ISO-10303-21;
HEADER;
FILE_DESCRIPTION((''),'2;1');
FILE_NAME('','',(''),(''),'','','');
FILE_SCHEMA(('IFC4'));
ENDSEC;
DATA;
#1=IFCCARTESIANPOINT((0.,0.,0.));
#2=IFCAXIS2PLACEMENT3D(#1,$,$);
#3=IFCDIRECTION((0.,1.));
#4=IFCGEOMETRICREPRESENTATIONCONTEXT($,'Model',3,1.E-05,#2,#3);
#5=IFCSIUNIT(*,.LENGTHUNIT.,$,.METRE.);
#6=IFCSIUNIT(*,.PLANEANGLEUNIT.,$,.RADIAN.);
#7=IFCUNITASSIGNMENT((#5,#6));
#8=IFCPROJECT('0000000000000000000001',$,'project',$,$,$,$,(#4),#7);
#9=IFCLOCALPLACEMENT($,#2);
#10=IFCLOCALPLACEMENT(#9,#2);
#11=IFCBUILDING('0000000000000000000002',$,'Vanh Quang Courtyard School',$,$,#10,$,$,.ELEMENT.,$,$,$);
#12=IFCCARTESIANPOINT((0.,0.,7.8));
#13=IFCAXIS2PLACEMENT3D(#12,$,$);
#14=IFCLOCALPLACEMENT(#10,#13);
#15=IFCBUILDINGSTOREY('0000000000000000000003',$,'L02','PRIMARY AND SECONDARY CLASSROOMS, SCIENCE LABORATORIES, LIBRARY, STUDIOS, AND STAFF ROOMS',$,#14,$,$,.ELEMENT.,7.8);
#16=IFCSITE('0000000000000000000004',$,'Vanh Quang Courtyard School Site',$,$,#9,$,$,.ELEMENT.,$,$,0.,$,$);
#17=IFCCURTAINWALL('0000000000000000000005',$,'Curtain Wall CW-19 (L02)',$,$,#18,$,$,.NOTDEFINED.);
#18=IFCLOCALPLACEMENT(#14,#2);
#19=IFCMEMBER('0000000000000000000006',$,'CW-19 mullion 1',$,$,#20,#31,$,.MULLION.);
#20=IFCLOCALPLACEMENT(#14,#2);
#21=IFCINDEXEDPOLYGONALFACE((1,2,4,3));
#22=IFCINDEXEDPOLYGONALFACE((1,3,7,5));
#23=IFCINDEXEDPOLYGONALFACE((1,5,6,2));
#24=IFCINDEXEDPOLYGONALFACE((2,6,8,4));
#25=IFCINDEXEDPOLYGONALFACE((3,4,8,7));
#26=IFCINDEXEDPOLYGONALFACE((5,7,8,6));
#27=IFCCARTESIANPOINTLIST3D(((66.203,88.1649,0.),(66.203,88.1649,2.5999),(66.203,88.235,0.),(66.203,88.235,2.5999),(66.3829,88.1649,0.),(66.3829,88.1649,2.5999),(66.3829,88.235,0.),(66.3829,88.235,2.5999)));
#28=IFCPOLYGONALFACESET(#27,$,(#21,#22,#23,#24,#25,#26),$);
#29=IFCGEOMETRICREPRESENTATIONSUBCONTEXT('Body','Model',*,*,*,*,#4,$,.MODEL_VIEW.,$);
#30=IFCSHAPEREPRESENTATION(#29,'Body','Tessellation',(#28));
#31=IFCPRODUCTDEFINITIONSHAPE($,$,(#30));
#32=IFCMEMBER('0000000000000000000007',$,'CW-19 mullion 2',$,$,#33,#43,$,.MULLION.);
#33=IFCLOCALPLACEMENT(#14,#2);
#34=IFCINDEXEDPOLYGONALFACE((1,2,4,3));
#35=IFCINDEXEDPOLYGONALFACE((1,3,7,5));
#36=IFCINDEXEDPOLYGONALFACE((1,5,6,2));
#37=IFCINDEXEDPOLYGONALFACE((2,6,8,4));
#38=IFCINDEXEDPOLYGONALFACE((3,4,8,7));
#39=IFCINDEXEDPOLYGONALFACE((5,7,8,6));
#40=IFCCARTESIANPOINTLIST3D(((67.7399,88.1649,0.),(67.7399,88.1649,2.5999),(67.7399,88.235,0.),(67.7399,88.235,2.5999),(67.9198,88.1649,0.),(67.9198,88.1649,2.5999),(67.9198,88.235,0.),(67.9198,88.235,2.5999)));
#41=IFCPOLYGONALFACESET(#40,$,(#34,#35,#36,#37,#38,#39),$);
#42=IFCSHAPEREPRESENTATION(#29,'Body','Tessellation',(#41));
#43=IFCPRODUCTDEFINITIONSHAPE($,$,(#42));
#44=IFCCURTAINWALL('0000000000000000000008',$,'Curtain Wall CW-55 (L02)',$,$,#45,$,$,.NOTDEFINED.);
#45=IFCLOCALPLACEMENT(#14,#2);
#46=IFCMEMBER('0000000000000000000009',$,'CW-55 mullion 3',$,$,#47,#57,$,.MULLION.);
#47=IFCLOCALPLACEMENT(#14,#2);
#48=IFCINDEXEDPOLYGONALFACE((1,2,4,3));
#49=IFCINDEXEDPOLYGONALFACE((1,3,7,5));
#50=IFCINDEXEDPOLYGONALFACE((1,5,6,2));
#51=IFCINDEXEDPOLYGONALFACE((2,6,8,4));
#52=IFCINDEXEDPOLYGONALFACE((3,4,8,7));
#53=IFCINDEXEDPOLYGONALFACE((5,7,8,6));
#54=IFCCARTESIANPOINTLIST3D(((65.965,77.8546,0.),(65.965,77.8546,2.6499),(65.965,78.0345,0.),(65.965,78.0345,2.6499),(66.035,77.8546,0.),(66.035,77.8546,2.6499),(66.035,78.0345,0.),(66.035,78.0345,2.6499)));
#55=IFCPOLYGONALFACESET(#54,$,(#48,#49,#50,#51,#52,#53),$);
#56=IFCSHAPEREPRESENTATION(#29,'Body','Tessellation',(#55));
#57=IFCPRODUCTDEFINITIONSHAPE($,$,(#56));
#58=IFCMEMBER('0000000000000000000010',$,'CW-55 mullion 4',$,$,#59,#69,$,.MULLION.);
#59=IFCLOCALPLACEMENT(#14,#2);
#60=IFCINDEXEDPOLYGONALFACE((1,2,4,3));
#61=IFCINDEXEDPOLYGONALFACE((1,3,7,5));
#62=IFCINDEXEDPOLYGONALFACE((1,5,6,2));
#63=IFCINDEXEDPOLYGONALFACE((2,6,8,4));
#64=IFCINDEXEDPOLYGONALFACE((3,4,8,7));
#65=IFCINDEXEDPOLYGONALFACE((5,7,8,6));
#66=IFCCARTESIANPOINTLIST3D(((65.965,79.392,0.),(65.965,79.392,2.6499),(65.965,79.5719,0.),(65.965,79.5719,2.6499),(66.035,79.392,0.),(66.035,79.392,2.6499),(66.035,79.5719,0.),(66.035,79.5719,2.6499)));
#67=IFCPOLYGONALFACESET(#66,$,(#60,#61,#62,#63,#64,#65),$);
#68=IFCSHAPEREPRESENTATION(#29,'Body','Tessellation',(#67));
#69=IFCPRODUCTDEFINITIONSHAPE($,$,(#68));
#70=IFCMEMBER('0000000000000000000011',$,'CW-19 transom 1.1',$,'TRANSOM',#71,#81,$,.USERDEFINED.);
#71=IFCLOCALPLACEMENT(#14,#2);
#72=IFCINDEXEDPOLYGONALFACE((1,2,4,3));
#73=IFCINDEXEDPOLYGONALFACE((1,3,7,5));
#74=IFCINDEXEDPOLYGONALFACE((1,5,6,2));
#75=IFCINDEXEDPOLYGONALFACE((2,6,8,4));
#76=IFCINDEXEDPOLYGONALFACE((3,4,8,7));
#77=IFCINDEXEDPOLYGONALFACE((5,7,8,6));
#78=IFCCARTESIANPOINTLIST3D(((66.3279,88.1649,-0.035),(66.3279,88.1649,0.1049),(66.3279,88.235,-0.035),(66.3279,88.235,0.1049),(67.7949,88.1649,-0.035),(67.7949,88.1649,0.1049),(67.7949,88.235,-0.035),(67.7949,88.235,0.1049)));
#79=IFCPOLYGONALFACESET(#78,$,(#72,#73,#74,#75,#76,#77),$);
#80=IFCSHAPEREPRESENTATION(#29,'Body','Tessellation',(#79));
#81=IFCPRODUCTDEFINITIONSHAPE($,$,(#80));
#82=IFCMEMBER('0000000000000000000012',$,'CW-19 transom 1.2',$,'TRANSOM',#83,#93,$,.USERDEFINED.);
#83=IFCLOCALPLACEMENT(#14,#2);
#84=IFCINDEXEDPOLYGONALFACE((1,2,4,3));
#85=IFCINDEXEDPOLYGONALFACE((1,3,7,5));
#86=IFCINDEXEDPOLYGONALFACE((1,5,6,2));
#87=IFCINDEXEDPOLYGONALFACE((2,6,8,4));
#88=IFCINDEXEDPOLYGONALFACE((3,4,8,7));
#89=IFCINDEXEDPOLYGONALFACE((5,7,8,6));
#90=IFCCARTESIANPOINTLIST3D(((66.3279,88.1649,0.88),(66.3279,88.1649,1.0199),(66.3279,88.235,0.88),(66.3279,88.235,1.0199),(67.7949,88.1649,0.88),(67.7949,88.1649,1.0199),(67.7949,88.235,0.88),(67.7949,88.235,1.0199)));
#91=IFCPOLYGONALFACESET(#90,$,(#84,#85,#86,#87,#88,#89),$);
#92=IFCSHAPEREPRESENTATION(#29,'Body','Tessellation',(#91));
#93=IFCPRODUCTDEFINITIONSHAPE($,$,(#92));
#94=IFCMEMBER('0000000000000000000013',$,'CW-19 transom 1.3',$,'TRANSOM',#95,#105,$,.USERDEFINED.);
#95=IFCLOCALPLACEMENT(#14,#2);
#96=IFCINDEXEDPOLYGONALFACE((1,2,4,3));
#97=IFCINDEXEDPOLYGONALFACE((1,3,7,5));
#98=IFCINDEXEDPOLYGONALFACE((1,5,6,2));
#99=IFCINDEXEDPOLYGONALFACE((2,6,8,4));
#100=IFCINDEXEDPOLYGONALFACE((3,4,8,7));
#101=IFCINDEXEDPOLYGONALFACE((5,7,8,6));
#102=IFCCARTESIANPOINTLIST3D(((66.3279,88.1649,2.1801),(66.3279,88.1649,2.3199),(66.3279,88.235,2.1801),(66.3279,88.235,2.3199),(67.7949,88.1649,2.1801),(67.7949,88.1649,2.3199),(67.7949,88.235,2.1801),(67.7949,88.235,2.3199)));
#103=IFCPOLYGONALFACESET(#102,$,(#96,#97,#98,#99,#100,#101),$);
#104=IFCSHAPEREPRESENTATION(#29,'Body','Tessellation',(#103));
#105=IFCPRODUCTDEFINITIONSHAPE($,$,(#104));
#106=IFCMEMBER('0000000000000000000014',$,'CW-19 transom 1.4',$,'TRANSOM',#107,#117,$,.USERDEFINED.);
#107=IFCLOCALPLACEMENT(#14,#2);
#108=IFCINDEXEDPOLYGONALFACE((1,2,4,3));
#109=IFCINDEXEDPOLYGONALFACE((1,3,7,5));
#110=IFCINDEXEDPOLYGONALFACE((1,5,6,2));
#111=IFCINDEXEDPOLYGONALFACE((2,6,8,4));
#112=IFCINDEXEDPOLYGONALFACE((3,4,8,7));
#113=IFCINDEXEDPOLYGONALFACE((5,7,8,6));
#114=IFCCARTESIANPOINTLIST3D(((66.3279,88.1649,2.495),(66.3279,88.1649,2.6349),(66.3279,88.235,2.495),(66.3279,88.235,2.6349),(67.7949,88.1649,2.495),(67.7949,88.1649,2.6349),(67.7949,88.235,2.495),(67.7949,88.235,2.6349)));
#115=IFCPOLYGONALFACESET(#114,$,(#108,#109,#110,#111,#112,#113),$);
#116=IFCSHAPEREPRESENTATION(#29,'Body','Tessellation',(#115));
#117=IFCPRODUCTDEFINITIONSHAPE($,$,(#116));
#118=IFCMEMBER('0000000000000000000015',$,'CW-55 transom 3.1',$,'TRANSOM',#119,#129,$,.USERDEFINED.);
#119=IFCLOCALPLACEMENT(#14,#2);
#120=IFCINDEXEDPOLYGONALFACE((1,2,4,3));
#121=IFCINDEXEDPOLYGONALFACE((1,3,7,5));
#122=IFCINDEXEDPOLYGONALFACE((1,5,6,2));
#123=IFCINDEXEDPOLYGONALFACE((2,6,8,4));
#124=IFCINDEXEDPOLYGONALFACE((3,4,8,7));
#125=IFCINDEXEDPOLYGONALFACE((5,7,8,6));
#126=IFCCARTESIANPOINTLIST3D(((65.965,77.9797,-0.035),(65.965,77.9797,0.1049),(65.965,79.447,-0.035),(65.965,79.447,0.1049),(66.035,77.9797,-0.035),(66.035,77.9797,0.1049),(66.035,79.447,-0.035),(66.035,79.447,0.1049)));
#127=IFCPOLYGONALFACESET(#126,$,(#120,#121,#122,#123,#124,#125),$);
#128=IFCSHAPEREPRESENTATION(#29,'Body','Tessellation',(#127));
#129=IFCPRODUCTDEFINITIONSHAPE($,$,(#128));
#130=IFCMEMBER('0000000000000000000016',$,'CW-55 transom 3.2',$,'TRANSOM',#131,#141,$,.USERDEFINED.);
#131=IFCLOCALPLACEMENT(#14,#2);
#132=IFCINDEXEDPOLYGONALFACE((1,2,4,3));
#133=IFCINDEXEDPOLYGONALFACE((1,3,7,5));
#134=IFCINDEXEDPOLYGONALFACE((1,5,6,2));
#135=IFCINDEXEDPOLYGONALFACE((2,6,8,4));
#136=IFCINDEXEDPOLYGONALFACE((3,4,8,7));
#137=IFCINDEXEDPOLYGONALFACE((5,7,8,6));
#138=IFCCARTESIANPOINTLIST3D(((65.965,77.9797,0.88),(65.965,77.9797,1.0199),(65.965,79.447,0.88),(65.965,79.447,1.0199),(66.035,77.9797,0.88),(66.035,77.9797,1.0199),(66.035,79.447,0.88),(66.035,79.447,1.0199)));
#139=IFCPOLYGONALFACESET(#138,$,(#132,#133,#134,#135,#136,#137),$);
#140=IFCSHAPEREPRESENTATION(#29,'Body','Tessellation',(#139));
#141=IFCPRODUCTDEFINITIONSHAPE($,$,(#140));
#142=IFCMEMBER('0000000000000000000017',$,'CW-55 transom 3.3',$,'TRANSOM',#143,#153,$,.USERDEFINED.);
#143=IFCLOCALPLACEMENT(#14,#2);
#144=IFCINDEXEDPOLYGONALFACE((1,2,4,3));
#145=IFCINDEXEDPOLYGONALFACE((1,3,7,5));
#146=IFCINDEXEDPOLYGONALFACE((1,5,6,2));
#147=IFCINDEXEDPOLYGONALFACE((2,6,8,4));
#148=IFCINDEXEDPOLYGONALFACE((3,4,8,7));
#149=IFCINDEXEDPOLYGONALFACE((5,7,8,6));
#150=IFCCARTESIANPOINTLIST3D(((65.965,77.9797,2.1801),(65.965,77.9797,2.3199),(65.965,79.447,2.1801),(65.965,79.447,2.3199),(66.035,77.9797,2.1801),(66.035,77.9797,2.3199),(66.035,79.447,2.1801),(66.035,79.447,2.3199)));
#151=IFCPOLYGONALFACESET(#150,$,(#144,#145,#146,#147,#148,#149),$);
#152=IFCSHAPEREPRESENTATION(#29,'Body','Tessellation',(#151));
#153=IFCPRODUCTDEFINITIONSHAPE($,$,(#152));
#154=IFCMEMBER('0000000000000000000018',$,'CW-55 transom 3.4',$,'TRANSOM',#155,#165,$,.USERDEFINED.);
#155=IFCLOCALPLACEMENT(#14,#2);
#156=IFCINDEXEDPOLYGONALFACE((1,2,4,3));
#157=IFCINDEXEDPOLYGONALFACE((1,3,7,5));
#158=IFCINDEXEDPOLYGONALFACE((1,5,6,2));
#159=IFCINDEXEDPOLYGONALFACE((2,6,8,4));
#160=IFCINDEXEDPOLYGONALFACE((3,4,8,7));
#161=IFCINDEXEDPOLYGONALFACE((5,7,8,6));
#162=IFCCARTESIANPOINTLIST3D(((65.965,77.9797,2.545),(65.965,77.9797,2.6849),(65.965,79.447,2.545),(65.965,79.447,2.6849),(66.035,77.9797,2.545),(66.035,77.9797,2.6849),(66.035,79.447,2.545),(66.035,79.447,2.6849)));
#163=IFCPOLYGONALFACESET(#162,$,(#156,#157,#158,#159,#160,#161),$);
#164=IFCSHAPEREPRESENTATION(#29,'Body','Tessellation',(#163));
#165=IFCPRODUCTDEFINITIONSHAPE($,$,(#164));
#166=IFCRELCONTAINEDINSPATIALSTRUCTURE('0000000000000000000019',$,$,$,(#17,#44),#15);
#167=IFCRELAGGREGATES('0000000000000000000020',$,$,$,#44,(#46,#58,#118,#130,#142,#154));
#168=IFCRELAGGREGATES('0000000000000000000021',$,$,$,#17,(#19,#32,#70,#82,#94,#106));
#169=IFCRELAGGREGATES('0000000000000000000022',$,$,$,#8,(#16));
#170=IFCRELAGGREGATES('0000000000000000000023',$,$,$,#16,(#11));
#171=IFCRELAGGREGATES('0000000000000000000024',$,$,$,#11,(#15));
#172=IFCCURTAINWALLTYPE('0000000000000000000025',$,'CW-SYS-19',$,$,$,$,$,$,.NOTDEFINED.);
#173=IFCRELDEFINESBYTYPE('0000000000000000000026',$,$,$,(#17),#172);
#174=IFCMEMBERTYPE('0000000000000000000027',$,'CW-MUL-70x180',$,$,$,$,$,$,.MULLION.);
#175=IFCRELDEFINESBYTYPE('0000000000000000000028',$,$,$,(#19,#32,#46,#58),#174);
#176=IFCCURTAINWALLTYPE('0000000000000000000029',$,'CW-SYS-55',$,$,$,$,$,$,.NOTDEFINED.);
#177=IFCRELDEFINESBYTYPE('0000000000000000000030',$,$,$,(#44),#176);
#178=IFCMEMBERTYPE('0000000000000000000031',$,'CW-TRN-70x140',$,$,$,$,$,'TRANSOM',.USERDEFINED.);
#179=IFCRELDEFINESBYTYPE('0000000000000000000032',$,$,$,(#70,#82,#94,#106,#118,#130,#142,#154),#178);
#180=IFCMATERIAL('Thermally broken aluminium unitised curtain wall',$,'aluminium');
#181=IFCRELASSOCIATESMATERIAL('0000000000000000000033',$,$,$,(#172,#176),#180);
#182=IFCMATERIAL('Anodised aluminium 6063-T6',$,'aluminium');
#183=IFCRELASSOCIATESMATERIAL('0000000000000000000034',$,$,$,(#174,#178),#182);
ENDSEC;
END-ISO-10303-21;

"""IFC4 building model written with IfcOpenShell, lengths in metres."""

from ifc_helpers import new_model, si_unit, direction, frame, origin, origin_2d, place, context, subcontext, project, spatial, rectangle, extrude, material, material_profile, profile_set, type_object, element, aggregate, save


model = new_model("IFC4")

# Units and contexts
model_context = context("Model", 3, precision=1e-05, world=origin(), true_north=direction((0.0, 1.0)))
body_context = subcontext(model_context, "Body", "Model", "MODEL_VIEW")
ifc_project = project(units=[si_unit("LENGTHUNIT", "METRE"), si_unit("PLANEANGLEUNIT", "RADIAN")], contexts=[model_context])

# Site, building, storey
site_placement = place(None, origin())
site = spatial("IfcSite", under=ifc_project, at=site_placement, Name="Vanh Quang Courtyard School Site", CompositionType="ELEMENT", RefElevation=0.0)
building_placement = place(site_placement, origin())
building = spatial("IfcBuilding", under=site, at=building_placement, Name="Vanh Quang Courtyard School", CompositionType="ELEMENT")
storey_placement = place(building_placement, frame((0.0, 0.0, 7.8)))
storey = spatial("IfcBuildingStorey", under=building, at=storey_placement, Name="L02", Description="PRIMARY AND SECONDARY CLASSROOMS, SCIENCE LABORATORIES, LIBRARY, STUDIOS, AND STAFF ROOMS", CompositionType="ELEMENT", Elevation=7.8)

# Curtain walls, members
ifc_material_1 = material(Name="Thermally broken aluminium unitised curtain wall", Category="aluminium")
curtain_wall_type_1 = type_object("IfcCurtainWallType", Name="CW-SYS-19", PredefinedType="NOTDEFINED", material=ifc_material_1)
curtain_wall_1_placement = place(storey_placement, origin())
curtain_wall_1 = element("IfcCurtainWall", 1, at=curtain_wall_1_placement, inside=storey, type_object=curtain_wall_type_1, Name="Curtain Wall CW-19 (L02)", PredefinedType="NOTDEFINED")
ifc_material_2 = material(Name="Anodised aluminium 6063-T6", Category="aluminium")
ifc_material_profile_1 = material_profile(ifc_material_2, rectangle(XDim=0.0701, YDim=0.1799, at=origin_2d()), Name="ALU-MUL 70x180")
ifc_profile_set_1 = profile_set([ifc_material_profile_1], Name="Anodised aluminium 6063-T6")
member_type_1 = type_object("IfcMemberType", Name="CW-MUL-70x180", PredefinedType="MULLION", material=ifc_profile_set_1)
member_1_placement = place(storey_placement, frame((66.293, 88.2, 0.0), z_axis=(0.0, 0.0, 1.0), x_axis=(0.0, 1.0, 0.0)))
member_1 = element("IfcMember", 2, at=member_1_placement, type_object=member_type_1, Name="CW-19 mullion 1", PredefinedType="MULLION", context=body_context, shape_type="SweptSolid", body=[
    extrude(rectangle(XDim=0.0701, YDim=0.1799, at=origin_2d()), origin(), (0.0, 0.0, 1.0), 2.5999),
])
member_2_placement = place(storey_placement, frame((67.8298, 88.2, 0.0), z_axis=(0.0, 0.0, 1.0), x_axis=(0.0, 1.0, 0.0)))
member_2 = element("IfcMember", 3, at=member_2_placement, type_object=member_type_1, Name="CW-19 mullion 2", PredefinedType="MULLION", context=body_context, shape_type="SweptSolid", body=[
    extrude(rectangle(XDim=0.0701, YDim=0.1799, at=origin_2d()), origin(), (0.0, 0.0, 1.0), 2.5999),
])
curtain_wall_type_2 = type_object("IfcCurtainWallType", Name="CW-SYS-55", PredefinedType="NOTDEFINED", material=ifc_material_1)
curtain_wall_2_placement = place(storey_placement, origin())
curtain_wall_2 = element("IfcCurtainWall", 4, at=curtain_wall_2_placement, inside=storey, type_object=curtain_wall_type_2, Name="Curtain Wall CW-55 (L02)", PredefinedType="NOTDEFINED")
member_3_placement = place(storey_placement, frame((66.0, 77.9446, 0.0), z_axis=(0.0, 0.0, 1.0), x_axis=(-1.0, 0.0, 0.0)))
member_3 = element("IfcMember", 5, at=member_3_placement, type_object=member_type_1, Name="CW-55 mullion 3", PredefinedType="MULLION", context=body_context, shape_type="SweptSolid", body=[
    extrude(rectangle(XDim=0.0701, YDim=0.1799, at=origin_2d()), origin(), (0.0, 0.0, 1.0), 2.6499),
])
member_4_placement = place(storey_placement, frame((66.0, 79.4819, 0.0), z_axis=(0.0, 0.0, 1.0), x_axis=(-1.0, 0.0, 0.0)))
member_4 = element("IfcMember", 6, at=member_4_placement, type_object=member_type_1, Name="CW-55 mullion 4", PredefinedType="MULLION", context=body_context, shape_type="SweptSolid", body=[
    extrude(rectangle(XDim=0.0701, YDim=0.1799, at=origin_2d()), origin(), (0.0, 0.0, 1.0), 2.6499),
])

# Members
ifc_material_profile_2 = material_profile(ifc_material_2, rectangle(XDim=0.0701, YDim=0.1399, at=origin_2d()), Name="ALU-TRN 70x140")
ifc_profile_set_2 = profile_set([ifc_material_profile_2], Name="Anodised aluminium 6063-T6")
member_type_2 = type_object("IfcMemberType", Name="CW-TRN-70x140", ElementType="TRANSOM", PredefinedType="USERDEFINED", material=ifc_profile_set_2)
member_5_placement = place(storey_placement, frame((66.3279, 88.2, 0.0349), z_axis=(1.0, 0.0, 0.0), x_axis=(0.0, 1.0, 0.0)))
member_5 = element("IfcMember", 7, at=member_5_placement, type_object=member_type_2, Name="CW-19 transom 1.1", ObjectType="TRANSOM", PredefinedType="USERDEFINED", context=body_context, shape_type="SweptSolid", body=[
    extrude(rectangle(XDim=0.0701, YDim=0.1399, at=origin_2d()), origin(), (0.0, 0.0, 1.0), 1.467),
])
member_6_placement = place(storey_placement, frame((66.3279, 88.2, 0.95), z_axis=(1.0, 0.0, 0.0), x_axis=(0.0, 1.0, 0.0)))
member_6 = element("IfcMember", 8, at=member_6_placement, type_object=member_type_2, Name="CW-19 transom 1.2", ObjectType="TRANSOM", PredefinedType="USERDEFINED", context=body_context, shape_type="SweptSolid", body=[
    extrude(rectangle(XDim=0.0701, YDim=0.1399, at=origin_2d()), origin(), (0.0, 0.0, 1.0), 1.467),
])
member_7_placement = place(storey_placement, frame((66.3279, 88.2, 2.25), z_axis=(1.0, 0.0, 0.0), x_axis=(0.0, 1.0, 0.0)))
member_7 = element("IfcMember", 9, at=member_7_placement, type_object=member_type_2, Name="CW-19 transom 1.3", ObjectType="TRANSOM", PredefinedType="USERDEFINED", context=body_context, shape_type="SweptSolid", body=[
    extrude(rectangle(XDim=0.0701, YDim=0.1399, at=origin_2d()), origin(), (0.0, 0.0, 1.0), 1.467),
])
member_8_placement = place(storey_placement, frame((66.3279, 88.2, 2.5649), z_axis=(1.0, 0.0, 0.0), x_axis=(0.0, 1.0, 0.0)))
member_8 = element("IfcMember", 10, at=member_8_placement, type_object=member_type_2, Name="CW-19 transom 1.4", ObjectType="TRANSOM", PredefinedType="USERDEFINED", context=body_context, shape_type="SweptSolid", body=[
    extrude(rectangle(XDim=0.0701, YDim=0.1399, at=origin_2d()), origin(), (0.0, 0.0, 1.0), 1.467),
])
member_9_placement = place(storey_placement, frame((66.0, 77.9797, 0.0349), z_axis=(0.0, 1.0, 0.0), x_axis=(-1.0, 0.0, 0.0)))
member_9 = element("IfcMember", 11, at=member_9_placement, type_object=member_type_2, Name="CW-55 transom 3.1", ObjectType="TRANSOM", PredefinedType="USERDEFINED", context=body_context, shape_type="SweptSolid", body=[
    extrude(rectangle(XDim=0.0701, YDim=0.1399, at=origin_2d()), origin(), (0.0, 0.0, 1.0), 1.4673),
])
member_10_placement = place(storey_placement, frame((66.0, 77.9797, 0.95), z_axis=(0.0, 1.0, 0.0), x_axis=(-1.0, 0.0, 0.0)))
member_10 = element("IfcMember", 12, at=member_10_placement, type_object=member_type_2, Name="CW-55 transom 3.2", ObjectType="TRANSOM", PredefinedType="USERDEFINED", context=body_context, shape_type="SweptSolid", body=[
    extrude(rectangle(XDim=0.0701, YDim=0.1399, at=origin_2d()), origin(), (0.0, 0.0, 1.0), 1.4673),
])
member_11_placement = place(storey_placement, frame((66.0, 77.9797, 2.25), z_axis=(0.0, 1.0, 0.0), x_axis=(-1.0, 0.0, 0.0)))
member_11 = element("IfcMember", 13, at=member_11_placement, type_object=member_type_2, Name="CW-55 transom 3.3", ObjectType="TRANSOM", PredefinedType="USERDEFINED", context=body_context, shape_type="SweptSolid", body=[
    extrude(rectangle(XDim=0.0701, YDim=0.1399, at=origin_2d()), origin(), (0.0, 0.0, 1.0), 1.4673),
])
member_12_placement = place(storey_placement, frame((66.0, 77.9797, 2.615), z_axis=(0.0, 1.0, 0.0), x_axis=(-1.0, 0.0, 0.0)))
member_12 = element("IfcMember", 14, at=member_12_placement, type_object=member_type_2, Name="CW-55 transom 3.4", ObjectType="TRANSOM", PredefinedType="USERDEFINED", context=body_context, shape_type="SweptSolid", body=[
    extrude(rectangle(XDim=0.0701, YDim=0.1399, at=origin_2d()), origin(), (0.0, 0.0, 1.0), 1.4673),
])

aggregate(curtain_wall_2, [member_3, member_4, member_9, member_10, member_11, member_12])
aggregate(curtain_wall_1, [member_1, member_2, member_5, member_6, member_7, member_8])

save(model, "model.ifc")
